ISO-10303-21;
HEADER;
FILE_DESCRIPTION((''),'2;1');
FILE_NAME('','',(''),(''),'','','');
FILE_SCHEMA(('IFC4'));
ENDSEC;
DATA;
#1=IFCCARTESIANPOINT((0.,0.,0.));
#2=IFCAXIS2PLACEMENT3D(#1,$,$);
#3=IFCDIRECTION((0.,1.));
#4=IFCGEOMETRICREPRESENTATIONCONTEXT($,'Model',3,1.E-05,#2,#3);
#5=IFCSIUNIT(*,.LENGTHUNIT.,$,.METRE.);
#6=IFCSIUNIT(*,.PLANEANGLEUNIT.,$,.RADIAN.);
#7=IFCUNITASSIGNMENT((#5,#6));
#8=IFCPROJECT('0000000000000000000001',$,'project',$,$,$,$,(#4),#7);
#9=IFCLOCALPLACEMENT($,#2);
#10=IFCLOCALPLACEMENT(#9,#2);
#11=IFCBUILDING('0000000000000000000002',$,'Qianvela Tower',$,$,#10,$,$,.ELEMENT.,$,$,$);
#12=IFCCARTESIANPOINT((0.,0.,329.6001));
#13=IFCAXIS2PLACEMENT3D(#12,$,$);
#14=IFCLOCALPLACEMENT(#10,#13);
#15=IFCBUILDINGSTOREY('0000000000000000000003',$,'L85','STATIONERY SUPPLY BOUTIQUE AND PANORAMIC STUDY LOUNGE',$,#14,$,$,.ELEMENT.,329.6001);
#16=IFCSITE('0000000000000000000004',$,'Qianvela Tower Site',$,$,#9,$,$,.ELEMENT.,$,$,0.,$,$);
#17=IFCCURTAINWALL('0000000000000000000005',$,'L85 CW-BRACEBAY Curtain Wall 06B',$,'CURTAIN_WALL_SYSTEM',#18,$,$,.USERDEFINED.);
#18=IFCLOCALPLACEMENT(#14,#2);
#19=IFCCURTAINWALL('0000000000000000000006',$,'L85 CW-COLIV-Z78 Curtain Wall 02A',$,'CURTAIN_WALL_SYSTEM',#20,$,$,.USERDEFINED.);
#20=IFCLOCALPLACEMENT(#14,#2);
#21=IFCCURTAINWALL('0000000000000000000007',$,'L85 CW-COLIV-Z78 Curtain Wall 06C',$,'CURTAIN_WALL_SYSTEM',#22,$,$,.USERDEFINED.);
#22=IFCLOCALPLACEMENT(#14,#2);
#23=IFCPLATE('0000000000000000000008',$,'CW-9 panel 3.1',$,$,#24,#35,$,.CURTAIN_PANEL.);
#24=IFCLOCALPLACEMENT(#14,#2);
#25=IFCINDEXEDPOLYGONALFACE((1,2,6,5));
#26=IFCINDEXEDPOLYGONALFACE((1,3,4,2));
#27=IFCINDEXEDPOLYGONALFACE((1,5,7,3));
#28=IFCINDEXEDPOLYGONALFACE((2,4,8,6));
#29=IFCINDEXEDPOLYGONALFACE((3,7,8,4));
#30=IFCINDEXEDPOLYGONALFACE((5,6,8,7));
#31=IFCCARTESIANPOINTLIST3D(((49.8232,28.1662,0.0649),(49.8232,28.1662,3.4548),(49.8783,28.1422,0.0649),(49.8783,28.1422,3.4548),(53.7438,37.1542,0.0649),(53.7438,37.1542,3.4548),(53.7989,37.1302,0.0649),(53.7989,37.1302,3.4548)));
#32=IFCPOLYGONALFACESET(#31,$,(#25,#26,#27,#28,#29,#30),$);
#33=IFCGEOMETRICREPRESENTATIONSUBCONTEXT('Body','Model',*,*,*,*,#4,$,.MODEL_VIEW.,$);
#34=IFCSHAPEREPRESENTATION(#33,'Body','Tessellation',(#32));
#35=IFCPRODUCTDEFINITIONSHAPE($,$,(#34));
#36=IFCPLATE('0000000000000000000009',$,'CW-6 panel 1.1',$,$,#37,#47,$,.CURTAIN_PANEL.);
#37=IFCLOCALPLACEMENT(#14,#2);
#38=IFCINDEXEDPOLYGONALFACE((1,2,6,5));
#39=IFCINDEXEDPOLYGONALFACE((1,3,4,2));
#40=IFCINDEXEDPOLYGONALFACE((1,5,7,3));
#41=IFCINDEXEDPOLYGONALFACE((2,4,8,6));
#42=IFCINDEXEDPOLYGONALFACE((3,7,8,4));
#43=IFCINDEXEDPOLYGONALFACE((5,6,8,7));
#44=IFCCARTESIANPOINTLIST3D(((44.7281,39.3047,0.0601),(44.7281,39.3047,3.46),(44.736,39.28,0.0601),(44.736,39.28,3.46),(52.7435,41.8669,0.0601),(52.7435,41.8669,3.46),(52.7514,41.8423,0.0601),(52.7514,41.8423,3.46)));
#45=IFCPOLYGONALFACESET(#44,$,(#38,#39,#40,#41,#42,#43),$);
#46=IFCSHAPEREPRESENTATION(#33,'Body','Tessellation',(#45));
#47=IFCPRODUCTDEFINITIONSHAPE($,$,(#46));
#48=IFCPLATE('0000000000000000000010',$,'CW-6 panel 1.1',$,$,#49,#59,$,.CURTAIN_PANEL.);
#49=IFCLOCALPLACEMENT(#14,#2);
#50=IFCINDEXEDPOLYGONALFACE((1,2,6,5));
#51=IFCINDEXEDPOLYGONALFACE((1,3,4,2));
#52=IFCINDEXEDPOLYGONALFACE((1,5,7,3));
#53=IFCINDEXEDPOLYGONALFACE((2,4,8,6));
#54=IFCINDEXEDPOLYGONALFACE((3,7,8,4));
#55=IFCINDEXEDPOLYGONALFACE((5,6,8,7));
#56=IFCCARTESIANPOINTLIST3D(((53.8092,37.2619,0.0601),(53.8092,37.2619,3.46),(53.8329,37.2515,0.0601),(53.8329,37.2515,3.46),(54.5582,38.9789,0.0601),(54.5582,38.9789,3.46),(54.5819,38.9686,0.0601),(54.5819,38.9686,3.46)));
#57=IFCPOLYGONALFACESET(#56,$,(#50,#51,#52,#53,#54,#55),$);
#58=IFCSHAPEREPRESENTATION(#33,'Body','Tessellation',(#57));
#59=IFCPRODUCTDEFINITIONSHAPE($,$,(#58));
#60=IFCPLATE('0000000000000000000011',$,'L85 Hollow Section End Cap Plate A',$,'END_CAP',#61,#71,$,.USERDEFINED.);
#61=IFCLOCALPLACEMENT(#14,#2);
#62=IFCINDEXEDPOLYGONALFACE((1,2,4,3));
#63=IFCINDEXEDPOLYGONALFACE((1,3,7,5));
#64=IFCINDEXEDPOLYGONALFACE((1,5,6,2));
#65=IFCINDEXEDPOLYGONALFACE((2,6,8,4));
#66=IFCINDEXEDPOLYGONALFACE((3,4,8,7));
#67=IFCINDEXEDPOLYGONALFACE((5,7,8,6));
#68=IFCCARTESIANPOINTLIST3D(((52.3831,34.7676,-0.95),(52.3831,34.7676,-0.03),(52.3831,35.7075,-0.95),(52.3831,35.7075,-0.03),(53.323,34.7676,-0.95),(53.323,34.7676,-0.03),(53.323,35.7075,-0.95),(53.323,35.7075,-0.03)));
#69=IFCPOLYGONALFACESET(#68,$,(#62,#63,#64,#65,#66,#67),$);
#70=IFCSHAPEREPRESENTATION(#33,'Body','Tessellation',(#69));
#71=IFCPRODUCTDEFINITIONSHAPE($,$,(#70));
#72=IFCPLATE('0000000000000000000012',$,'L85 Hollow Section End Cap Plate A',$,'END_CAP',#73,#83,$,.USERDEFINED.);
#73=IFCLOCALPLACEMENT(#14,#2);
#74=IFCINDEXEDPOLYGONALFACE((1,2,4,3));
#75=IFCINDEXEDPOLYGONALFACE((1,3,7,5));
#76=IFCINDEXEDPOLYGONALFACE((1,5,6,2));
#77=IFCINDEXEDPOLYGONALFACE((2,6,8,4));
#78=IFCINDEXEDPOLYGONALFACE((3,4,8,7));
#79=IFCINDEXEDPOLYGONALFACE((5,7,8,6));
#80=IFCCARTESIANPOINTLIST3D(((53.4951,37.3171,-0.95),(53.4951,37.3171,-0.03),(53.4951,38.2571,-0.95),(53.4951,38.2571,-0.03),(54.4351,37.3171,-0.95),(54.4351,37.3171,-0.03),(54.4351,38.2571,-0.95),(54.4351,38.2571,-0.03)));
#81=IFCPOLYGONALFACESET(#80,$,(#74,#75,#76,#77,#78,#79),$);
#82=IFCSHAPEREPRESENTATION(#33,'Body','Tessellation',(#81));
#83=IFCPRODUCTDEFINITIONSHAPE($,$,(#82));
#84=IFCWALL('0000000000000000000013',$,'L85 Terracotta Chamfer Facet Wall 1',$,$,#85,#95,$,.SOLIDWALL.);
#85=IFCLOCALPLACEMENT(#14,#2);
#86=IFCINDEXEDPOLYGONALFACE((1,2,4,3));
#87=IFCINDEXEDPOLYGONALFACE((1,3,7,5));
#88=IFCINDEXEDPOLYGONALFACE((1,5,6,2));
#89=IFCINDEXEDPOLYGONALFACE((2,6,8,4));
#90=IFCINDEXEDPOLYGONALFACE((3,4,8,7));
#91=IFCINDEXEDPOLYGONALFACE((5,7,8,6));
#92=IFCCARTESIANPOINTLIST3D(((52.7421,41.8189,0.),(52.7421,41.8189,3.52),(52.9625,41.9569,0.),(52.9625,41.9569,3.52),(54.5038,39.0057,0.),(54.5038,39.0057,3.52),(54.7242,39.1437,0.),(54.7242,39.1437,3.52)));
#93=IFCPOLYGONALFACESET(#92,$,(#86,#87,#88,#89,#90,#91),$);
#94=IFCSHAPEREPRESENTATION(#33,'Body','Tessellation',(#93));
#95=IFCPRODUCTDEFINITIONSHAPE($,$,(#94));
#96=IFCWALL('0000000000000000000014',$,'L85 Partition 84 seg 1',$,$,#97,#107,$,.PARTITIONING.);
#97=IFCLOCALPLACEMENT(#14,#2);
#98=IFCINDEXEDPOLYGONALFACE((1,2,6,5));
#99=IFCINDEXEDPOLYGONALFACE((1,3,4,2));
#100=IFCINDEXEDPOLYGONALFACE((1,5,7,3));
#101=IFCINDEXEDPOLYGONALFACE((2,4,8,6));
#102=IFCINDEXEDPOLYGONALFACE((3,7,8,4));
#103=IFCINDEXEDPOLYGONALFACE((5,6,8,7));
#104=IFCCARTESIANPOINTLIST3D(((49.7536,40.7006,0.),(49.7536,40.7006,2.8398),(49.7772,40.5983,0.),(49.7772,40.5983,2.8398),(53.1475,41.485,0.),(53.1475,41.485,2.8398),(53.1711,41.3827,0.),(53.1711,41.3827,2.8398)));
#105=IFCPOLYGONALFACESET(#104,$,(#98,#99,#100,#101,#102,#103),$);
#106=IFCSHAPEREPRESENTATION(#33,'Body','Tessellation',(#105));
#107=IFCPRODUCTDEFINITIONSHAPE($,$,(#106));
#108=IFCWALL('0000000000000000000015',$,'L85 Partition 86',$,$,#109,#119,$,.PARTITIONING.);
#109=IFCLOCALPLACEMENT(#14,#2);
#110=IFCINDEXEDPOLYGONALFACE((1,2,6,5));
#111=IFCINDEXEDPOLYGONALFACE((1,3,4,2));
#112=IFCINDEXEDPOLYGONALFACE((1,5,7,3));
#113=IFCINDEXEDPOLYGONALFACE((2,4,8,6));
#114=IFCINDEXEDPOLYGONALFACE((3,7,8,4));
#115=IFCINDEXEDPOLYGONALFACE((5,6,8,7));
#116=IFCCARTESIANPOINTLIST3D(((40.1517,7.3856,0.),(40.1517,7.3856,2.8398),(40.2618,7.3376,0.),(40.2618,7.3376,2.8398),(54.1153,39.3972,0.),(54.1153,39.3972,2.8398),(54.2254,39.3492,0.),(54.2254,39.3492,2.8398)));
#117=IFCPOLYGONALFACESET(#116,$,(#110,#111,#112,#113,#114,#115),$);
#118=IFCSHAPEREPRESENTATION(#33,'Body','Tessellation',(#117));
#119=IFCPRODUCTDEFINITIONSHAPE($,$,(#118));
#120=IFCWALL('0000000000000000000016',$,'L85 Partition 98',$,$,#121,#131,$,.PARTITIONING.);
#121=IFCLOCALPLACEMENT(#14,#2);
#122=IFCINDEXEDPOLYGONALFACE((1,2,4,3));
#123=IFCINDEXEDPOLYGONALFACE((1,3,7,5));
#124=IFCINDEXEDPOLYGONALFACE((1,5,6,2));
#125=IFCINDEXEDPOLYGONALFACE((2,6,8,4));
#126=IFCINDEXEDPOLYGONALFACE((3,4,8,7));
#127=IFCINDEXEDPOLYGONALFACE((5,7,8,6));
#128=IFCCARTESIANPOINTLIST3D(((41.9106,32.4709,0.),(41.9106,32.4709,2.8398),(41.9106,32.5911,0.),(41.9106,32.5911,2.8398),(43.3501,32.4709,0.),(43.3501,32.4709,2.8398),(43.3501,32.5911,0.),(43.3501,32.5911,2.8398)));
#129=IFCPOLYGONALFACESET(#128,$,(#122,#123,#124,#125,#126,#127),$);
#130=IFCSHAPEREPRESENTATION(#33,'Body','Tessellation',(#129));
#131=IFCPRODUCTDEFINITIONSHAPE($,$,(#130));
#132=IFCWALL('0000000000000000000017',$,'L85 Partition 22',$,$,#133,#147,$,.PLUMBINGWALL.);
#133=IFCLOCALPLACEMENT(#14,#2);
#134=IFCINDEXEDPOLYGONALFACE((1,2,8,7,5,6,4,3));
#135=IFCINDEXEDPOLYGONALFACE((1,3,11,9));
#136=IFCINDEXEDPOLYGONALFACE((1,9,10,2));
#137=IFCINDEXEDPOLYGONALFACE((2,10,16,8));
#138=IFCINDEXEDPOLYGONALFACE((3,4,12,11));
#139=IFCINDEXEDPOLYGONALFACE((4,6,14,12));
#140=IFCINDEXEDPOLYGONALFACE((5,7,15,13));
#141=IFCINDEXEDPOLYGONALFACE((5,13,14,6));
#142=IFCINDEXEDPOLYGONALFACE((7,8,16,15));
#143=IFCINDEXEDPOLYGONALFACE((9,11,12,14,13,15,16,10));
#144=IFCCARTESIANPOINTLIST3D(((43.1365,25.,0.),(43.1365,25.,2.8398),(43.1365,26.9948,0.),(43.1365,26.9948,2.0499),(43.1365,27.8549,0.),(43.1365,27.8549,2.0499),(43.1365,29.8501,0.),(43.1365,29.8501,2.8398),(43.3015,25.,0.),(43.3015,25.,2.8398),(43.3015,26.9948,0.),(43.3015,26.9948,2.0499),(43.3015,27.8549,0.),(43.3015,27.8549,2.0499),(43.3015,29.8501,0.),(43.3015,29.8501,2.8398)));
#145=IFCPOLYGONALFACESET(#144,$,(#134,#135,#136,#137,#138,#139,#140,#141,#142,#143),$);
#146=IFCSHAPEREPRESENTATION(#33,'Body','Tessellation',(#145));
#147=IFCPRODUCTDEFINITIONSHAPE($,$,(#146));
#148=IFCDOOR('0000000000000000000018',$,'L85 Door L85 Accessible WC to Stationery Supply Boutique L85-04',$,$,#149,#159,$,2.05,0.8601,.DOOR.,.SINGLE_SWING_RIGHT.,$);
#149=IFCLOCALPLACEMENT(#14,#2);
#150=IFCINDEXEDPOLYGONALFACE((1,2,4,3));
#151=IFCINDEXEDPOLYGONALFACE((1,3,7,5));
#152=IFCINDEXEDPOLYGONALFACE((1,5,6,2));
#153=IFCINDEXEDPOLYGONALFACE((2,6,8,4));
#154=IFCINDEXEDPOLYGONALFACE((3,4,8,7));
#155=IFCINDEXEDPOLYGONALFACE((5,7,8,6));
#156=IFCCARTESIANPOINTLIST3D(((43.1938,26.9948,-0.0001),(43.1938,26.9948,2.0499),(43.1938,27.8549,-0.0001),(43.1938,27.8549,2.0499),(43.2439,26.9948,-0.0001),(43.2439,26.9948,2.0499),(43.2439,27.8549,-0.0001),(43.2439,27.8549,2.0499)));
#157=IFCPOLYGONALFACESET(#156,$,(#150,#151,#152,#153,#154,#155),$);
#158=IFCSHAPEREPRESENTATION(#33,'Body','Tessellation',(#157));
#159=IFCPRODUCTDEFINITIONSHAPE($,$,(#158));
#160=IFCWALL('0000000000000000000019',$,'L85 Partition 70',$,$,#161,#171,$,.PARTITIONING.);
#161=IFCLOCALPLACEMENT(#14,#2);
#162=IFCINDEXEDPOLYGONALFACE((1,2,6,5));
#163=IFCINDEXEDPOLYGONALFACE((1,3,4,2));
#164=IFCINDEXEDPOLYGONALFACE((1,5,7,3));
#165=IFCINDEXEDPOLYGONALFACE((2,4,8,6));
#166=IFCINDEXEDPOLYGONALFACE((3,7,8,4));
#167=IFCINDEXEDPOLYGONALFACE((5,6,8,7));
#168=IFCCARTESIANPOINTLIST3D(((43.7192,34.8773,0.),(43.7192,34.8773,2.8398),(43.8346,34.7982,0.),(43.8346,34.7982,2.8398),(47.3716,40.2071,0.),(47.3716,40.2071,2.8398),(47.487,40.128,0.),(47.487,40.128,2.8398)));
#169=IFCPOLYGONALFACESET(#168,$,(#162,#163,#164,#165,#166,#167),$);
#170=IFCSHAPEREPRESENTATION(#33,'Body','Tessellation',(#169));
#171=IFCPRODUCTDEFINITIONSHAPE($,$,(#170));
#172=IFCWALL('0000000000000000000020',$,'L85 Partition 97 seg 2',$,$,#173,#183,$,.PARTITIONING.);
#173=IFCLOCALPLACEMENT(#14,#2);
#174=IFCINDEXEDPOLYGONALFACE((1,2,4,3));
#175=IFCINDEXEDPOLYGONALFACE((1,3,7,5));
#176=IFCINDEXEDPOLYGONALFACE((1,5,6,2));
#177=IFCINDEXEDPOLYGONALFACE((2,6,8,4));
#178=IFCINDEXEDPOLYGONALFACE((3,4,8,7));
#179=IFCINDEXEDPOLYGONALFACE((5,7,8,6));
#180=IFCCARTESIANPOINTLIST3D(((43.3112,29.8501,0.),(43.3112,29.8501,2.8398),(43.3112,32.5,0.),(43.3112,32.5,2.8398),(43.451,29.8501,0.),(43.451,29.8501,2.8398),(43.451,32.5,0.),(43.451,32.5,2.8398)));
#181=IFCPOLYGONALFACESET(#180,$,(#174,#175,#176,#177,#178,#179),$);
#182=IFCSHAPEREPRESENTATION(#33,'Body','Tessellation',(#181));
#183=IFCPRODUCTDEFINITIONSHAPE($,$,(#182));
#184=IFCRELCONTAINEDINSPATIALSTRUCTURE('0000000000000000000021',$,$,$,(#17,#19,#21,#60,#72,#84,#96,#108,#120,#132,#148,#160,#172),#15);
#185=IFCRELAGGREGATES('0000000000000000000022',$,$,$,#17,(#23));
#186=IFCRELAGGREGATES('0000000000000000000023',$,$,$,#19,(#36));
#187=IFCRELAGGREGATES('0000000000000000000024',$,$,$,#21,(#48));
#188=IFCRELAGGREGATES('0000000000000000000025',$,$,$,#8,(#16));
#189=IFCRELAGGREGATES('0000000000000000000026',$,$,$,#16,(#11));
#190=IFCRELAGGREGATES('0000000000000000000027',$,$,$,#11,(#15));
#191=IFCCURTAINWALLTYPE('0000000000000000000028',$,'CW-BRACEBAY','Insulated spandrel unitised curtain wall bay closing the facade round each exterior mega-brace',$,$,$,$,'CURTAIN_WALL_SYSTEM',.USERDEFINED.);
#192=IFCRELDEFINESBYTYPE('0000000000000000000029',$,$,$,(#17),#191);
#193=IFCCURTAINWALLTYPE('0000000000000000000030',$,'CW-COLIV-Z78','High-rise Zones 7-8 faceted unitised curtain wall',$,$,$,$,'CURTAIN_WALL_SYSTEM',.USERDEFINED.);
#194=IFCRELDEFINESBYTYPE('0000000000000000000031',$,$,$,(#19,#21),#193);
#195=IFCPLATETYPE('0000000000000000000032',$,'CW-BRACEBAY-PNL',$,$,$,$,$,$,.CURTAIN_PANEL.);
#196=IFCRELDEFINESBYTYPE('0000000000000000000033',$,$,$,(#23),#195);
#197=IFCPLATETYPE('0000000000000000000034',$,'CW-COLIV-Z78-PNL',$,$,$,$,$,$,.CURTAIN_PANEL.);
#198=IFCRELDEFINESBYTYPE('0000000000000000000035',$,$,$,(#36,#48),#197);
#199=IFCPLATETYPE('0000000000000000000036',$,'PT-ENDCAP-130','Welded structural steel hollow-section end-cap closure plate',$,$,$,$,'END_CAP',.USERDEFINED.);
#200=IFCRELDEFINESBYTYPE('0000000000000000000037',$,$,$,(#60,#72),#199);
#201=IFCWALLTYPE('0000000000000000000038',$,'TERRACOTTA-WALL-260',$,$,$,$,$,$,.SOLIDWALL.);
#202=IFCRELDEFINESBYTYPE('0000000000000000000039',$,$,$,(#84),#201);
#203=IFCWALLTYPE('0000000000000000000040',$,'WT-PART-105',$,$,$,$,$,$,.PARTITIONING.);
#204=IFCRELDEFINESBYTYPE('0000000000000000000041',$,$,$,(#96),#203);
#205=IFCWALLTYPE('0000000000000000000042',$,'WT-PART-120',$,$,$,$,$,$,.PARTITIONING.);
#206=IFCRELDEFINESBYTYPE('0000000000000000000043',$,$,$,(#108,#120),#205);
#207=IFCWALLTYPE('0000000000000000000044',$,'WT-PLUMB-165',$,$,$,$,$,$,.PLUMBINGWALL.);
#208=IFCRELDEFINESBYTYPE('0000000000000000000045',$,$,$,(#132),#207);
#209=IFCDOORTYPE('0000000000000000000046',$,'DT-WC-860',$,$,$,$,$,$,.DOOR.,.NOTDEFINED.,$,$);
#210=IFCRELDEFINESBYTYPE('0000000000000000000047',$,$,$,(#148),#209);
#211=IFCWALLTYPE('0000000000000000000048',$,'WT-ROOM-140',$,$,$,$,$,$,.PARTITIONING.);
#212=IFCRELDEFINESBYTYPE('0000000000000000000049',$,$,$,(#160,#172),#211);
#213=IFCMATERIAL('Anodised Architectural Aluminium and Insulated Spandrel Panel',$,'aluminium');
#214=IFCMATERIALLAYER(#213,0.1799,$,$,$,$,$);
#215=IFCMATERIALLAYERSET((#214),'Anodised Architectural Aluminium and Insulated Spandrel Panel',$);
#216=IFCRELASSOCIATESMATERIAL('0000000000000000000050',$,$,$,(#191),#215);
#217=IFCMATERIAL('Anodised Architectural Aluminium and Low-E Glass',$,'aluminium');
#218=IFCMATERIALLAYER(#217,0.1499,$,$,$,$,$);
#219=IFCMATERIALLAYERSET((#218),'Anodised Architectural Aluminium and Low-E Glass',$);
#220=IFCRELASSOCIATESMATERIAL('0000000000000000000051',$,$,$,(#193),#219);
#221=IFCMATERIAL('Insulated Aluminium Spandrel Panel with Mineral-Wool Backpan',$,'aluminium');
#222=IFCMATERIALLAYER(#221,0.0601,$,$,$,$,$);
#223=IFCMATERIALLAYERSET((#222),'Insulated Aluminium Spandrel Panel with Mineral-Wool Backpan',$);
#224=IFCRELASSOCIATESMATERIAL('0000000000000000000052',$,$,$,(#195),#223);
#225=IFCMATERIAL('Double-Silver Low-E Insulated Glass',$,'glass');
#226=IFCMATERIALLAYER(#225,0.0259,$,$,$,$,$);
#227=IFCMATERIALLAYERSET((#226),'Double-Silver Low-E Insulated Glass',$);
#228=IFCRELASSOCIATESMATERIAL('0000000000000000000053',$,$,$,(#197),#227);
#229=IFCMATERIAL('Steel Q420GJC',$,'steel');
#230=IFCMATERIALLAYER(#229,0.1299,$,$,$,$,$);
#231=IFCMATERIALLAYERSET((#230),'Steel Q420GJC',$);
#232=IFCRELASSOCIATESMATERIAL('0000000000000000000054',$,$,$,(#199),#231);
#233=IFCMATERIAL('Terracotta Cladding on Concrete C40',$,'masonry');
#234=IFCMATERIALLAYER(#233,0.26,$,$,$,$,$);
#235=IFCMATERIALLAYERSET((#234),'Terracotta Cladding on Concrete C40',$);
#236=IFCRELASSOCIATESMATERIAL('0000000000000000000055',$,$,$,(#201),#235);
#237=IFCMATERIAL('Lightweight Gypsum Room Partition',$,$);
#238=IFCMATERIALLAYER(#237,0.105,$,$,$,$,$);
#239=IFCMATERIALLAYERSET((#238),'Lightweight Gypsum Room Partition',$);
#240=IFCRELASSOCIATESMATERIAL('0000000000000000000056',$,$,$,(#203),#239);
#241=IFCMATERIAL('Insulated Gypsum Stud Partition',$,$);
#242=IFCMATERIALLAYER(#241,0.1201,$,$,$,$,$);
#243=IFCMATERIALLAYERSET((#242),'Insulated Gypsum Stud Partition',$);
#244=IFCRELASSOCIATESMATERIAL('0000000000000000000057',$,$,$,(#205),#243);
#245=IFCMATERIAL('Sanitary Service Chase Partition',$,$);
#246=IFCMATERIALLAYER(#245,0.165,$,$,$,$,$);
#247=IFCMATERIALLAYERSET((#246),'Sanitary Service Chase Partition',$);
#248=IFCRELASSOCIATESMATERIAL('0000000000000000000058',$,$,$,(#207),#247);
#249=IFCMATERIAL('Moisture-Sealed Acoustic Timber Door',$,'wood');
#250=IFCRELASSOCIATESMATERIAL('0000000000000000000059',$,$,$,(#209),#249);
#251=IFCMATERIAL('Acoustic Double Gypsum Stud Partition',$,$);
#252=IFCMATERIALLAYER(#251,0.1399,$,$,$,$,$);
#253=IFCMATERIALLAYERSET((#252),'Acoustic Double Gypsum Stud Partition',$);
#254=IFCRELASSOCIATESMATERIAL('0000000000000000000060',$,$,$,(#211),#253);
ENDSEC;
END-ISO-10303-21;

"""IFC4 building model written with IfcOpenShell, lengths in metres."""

from ifc_helpers import new_model, si_unit, direction, frame, frame_2d, origin, origin_2d, place, context, subcontext, project, spatial, rectangle, extrude, material, layer, layer_set, type_object, element, fill, aggregate, save


model = new_model("IFC4")

# Units and contexts
model_context = context("Model", 3, precision=1e-05, world=origin(), true_north=direction((0.0, 1.0)))
body_context = subcontext(model_context, "Body", "Model", "MODEL_VIEW")
ifc_project = project(units=[si_unit("LENGTHUNIT", "METRE"), si_unit("PLANEANGLEUNIT", "RADIAN")], contexts=[model_context])

# Site, building, storey
site_placement = place(None, origin())
site = spatial("IfcSite", under=ifc_project, at=site_placement, Name="Qianvela Tower Site", CompositionType="ELEMENT", RefElevation=0.0)
building_placement = place(site_placement, origin())
building = spatial("IfcBuilding", under=site, at=building_placement, Name="Qianvela Tower", CompositionType="ELEMENT")
storey_placement = place(building_placement, frame((0.0, 0.0, 329.6001)))
storey = spatial("IfcBuildingStorey", under=building, at=storey_placement, Name="L85", Description="STATIONERY SUPPLY BOUTIQUE AND PANORAMIC STUDY LOUNGE", CompositionType="ELEMENT", Elevation=329.6001)

# Curtain walls
ifc_material_1 = material(Name="Anodised Architectural Aluminium and Insulated Spandrel Panel", Category="aluminium")
ifc_layer_1 = layer(ifc_material_1, 0.1799)
ifc_layer_set_1 = layer_set([ifc_layer_1], Name="Anodised Architectural Aluminium and Insulated Spandrel Panel")
curtain_wall_type_1 = type_object("IfcCurtainWallType", Name="CW-BRACEBAY", Description="Insulated spandrel unitised curtain wall bay closing the facade round each exterior mega-brace", ElementType="CURTAIN_WALL_SYSTEM", PredefinedType="USERDEFINED", material=ifc_layer_set_1)
curtain_wall_1_placement = place(storey_placement, origin())
curtain_wall_1 = element("IfcCurtainWall", 1, at=curtain_wall_1_placement, inside=storey, type_object=curtain_wall_type_1, Name="L85 CW-BRACEBAY Curtain Wall 06B", ObjectType="CURTAIN_WALL_SYSTEM", PredefinedType="USERDEFINED")
ifc_material_2 = material(Name="Anodised Architectural Aluminium and Low-E Glass", Category="aluminium")
ifc_layer_2 = layer(ifc_material_2, 0.1499)
ifc_layer_set_2 = layer_set([ifc_layer_2], Name="Anodised Architectural Aluminium and Low-E Glass")
curtain_wall_type_2 = type_object("IfcCurtainWallType", Name="CW-COLIV-Z78", Description="High-rise Zones 7-8 faceted unitised curtain wall", ElementType="CURTAIN_WALL_SYSTEM", PredefinedType="USERDEFINED", material=ifc_layer_set_2)
curtain_wall_2_placement = place(storey_placement, origin())
curtain_wall_2 = element("IfcCurtainWall", 2, at=curtain_wall_2_placement, inside=storey, type_object=curtain_wall_type_2, Name="L85 CW-COLIV-Z78 Curtain Wall 02A", ObjectType="CURTAIN_WALL_SYSTEM", PredefinedType="USERDEFINED")
curtain_wall_3_placement = place(storey_placement, origin())
curtain_wall_3 = element("IfcCurtainWall", 3, at=curtain_wall_3_placement, inside=storey, type_object=curtain_wall_type_2, Name="L85 CW-COLIV-Z78 Curtain Wall 06C", ObjectType="CURTAIN_WALL_SYSTEM", PredefinedType="USERDEFINED")

# Plates
ifc_material_3 = material(Name="Insulated Aluminium Spandrel Panel with Mineral-Wool Backpan", Category="aluminium")
ifc_layer_3 = layer(ifc_material_3, 0.0601)
ifc_layer_set_3 = layer_set([ifc_layer_3], Name="Insulated Aluminium Spandrel Panel with Mineral-Wool Backpan")
plate_type_1 = type_object("IfcPlateType", Name="CW-BRACEBAY-PNL", PredefinedType="CURTAIN_PANEL", material=ifc_layer_set_3)
plate_1_placement = place(storey_placement, frame((51.811, 32.6482, 0.0649), z_axis=(0.0, 0.0, 1.0), x_axis=(0.399821, 0.916593, 0.0)))
plate_1 = element("IfcPlate", 4, at=plate_1_placement, type_object=plate_type_1, Name="CW-9 panel 3.1", PredefinedType="CURTAIN_PANEL", context=body_context, shape_type="SweptSolid", body=[
    extrude(rectangle(XDim=9.8059, YDim=0.0601, at=origin_2d()), origin(), (0.0, 0.0, 1.0), 3.3899),
])
aggregate(curtain_wall_1, [plate_1])
ifc_material_4 = material(Name="Double-Silver Low-E Insulated Glass", Category="glass")
ifc_layer_4 = layer(ifc_material_4, 0.0259)
ifc_layer_set_4 = layer_set([ifc_layer_4], Name="Double-Silver Low-E Insulated Glass")
plate_type_2 = type_object("IfcPlateType", Name="CW-COLIV-Z78-PNL", PredefinedType="CURTAIN_PANEL", material=ifc_layer_set_4)
plate_2_placement = place(storey_placement, frame((48.7397, 40.5735, 0.0601), z_axis=(0.0, 0.0, 1.0), x_axis=(-0.952517, -0.304484, 0.0)))
plate_2 = element("IfcPlate", 5, at=plate_2_placement, type_object=plate_type_2, Name="CW-6 panel 1.1", PredefinedType="CURTAIN_PANEL", context=body_context, shape_type="SweptSolid", body=[
    extrude(rectangle(XDim=8.415, YDim=0.0259, at=origin_2d()), origin(), (0.0, 0.0, 1.0), 3.3999),
])
aggregate(curtain_wall_2, [plate_2])
plate_3_placement = place(storey_placement, frame((54.1956, 38.1152, 0.0601), z_axis=(0.0, 0.0, 1.0), x_axis=(0.399803, 0.916601, 0.0)))
plate_3 = element("IfcPlate", 6, at=plate_3_placement, type_object=plate_type_2, Name="CW-6 panel 1.1", PredefinedType="CURTAIN_PANEL", context=body_context, shape_type="SweptSolid", body=[
    extrude(rectangle(XDim=1.8733, YDim=0.0259, at=origin_2d()), origin(), (0.0, 0.0, 1.0), 3.3999),
])
aggregate(curtain_wall_3, [plate_3])

# Plates
ifc_material_5 = material(Name="Steel Q420GJC", Category="steel")
ifc_layer_5 = layer(ifc_material_5, 0.1299)
ifc_layer_set_5 = layer_set([ifc_layer_5], Name="Steel Q420GJC")
plate_type_3 = type_object("IfcPlateType", Name="PT-ENDCAP-130", Description="Welded structural steel hollow-section end-cap closure plate", ElementType="END_CAP", PredefinedType="USERDEFINED", material=ifc_layer_set_5)
for number, where, z_axis, x_axis, name in (
    (7, (52.853, 35.2375, -0.95), (0.0, 0.0, 1.0), (1.0, 0.0, 0.0), "L85 Hollow Section End Cap Plate A"),
    (8, (53.9651, 37.7871, -0.95), (0.0, 0.0, 1.0), (1.0, 0.0, 0.0), "L85 Hollow Section End Cap Plate A"),
):
    element("IfcPlate", number, at=place(storey_placement, frame(where, z_axis=z_axis, x_axis=x_axis)), inside=storey, type_object=plate_type_3, Name=name, ObjectType="END_CAP", PredefinedType="USERDEFINED", context=body_context, shape_type="SweptSolid", body=[
        extrude(rectangle(XDim=0.9399, YDim=0.9399, at=origin_2d()), origin(), (0.0, 0.0, 1.0), 0.9199),
    ])

# Walls
ifc_material_6 = material(Name="Terracotta Cladding on Concrete C40", Category="masonry")
ifc_layer_6 = layer(ifc_material_6, 0.26)
ifc_layer_set_6 = layer_set([ifc_layer_6], Name="Terracotta Cladding on Concrete C40")
wall_type_1 = type_object("IfcWallType", Name="TERRACOTTA-WALL-260", PredefinedType="SOLIDWALL", material=ifc_layer_set_6)
wall_1_placement = place(storey_placement, frame((54.614, 39.0747, 0.0), z_axis=(0.0, 0.0, 1.0), x_axis=(-0.530746, 0.847531, 0.0)))
element("IfcWall", 9, at=wall_1_placement, inside=storey, type_object=wall_type_1, Name="L85 Terracotta Chamfer Facet Wall 1", PredefinedType="SOLIDWALL", context=body_context, shape_type="SweptSolid", body=[
    extrude(rectangle(XDim=3.3193, YDim=0.26, at=frame_2d((1.6597, 0.0))), origin(), (0.0, 0.0, 1.0), 3.52),
])
ifc_material_7 = material(Name="Lightweight Gypsum Room Partition")
ifc_layer_7 = layer(ifc_material_7, 0.105)
ifc_layer_set_7 = layer_set([ifc_layer_7], Name="Lightweight Gypsum Room Partition")
wall_type_2 = type_object("IfcWallType", Name="WT-PART-105", PredefinedType="PARTITIONING", material=ifc_layer_set_7)
wall_2_placement = place(storey_placement, frame((49.7654, 40.6494, 0.0), z_axis=(0.0, 0.0, 1.0), x_axis=(0.974317, 0.225182, 0.0)))
element("IfcWall", 10, at=wall_2_placement, inside=storey, type_object=wall_type_2, Name="L85 Partition 84 seg 1", PredefinedType="PARTITIONING", context=body_context, shape_type="SweptSolid", body=[
    extrude(rectangle(XDim=3.4834, YDim=0.105, at=frame_2d((1.7417, 0.0))), origin(), (0.0, 0.0, 1.0), 2.8398),
])
ifc_material_8 = material(Name="Insulated Gypsum Stud Partition")
ifc_layer_8 = layer(ifc_material_8, 0.1201)
ifc_layer_set_8 = layer_set([ifc_layer_8], Name="Insulated Gypsum Stud Partition")
wall_type_3 = type_object("IfcWallType", Name="WT-PART-120", PredefinedType="PARTITIONING", material=ifc_layer_set_8)
wall_3_placement = place(storey_placement, frame((54.1704, 39.3733, 0.0), z_axis=(0.0, 0.0, 1.0), x_axis=(-0.399821, -0.916593, 0.0)))
element("IfcWall", 11, at=wall_3_placement, inside=storey, type_object=wall_type_3, Name="L85 Partition 86", PredefinedType="PARTITIONING", context=body_context, shape_type="SweptSolid", body=[
    extrude(rectangle(XDim=34.9246, YDim=0.1201, at=frame_2d((17.4624, 0.0))), origin(), (0.0, 0.0, 1.0), 2.8398),
])
wall_4_placement = place(storey_placement, frame((43.3501, 32.531, 0.0), z_axis=(0.0, 0.0, 1.0), x_axis=(-1.0, 0.0, 0.0)))
element("IfcWall", 12, at=wall_4_placement, inside=storey, type_object=wall_type_3, Name="L85 Partition 98", PredefinedType="PARTITIONING", context=body_context, shape_type="SweptSolid", body=[
    extrude(rectangle(XDim=1.4395, YDim=0.1201, at=frame_2d((0.7197, 0.0))), origin(), (0.0, 0.0, 1.0), 2.8398),
])

# Wall, opening, door
ifc_material_9 = material(Name="Sanitary Service Chase Partition")
ifc_layer_9 = layer(ifc_material_9, 0.165)
ifc_layer_set_9 = layer_set([ifc_layer_9], Name="Sanitary Service Chase Partition")
wall_type_4 = type_object("IfcWallType", Name="WT-PLUMB-165", PredefinedType="PLUMBINGWALL", material=ifc_layer_set_9)
wall_5_placement = place(storey_placement, frame((43.219, 29.8501, 0.0), z_axis=(0.0, 0.0, 1.0), x_axis=(0.0, -1.0, 0.0)))
wall_5 = element("IfcWall", 13, at=wall_5_placement, inside=storey, type_object=wall_type_4, Name="L85 Partition 22", PredefinedType="PLUMBINGWALL", context=body_context, shape_type="SweptSolid", body=[
    extrude(rectangle(XDim=4.8501, YDim=0.165, at=frame_2d((2.425, 0.0))), origin(), (0.0, 0.0, 1.0), 2.8398),
])
opening_placement = place(wall_5_placement, frame((1.9951, 0.0, 0.0)))
opening = element("IfcOpeningElement", 14, at=opening_placement, cuts=wall_5, PredefinedType="OPENING", context=body_context, shape_type="SweptSolid", body=[
    extrude(rectangle(XDim=0.8601, YDim=2.05, at=frame_2d((0.4302, 1.0249))), frame((0.0, 0.0925, 0.0), z_axis=(0.0, -1.0, 0.0), x_axis=(1.0, 0.0, 0.0)), (0.0, 0.0, 1.0), 0.1851),
])
ifc_material_10 = material(Name="Moisture-Sealed Acoustic Timber Door", Category="wood")
door_type = type_object("IfcDoorType", Name="DT-WC-860", OperationType="NOTDEFINED", PredefinedType="DOOR", material=ifc_material_10)
door_placement = place(opening_placement, origin())
door = element("IfcDoor", 15, at=door_placement, inside=storey, type_object=door_type, Name="L85 Door L85 Accessible WC to Stationery Supply Boutique L85-04", OperationType="SINGLE_SWING_RIGHT", OverallHeight=2.05, OverallWidth=0.8601, PredefinedType="DOOR", context=body_context, shape_type="SweptSolid", body=[
    extrude(rectangle(XDim=0.8601, YDim=2.05, at=frame_2d((0.4302, 1.0249))), frame((0.0, 0.0249, 0.0), z_axis=(0.0, -1.0, 0.0), x_axis=(1.0, 0.0, 0.0)), (0.0, 0.0, 1.0), 0.05),
])
fill(opening, door)

# Walls
ifc_material_11 = material(Name="Acoustic Double Gypsum Stud Partition")
ifc_layer_10 = layer(ifc_material_11, 0.1399)
ifc_layer_set_10 = layer_set([ifc_layer_10], Name="Acoustic Double Gypsum Stud Partition")
wall_type_5 = type_object("IfcWallType", Name="WT-ROOM-140", PredefinedType="PARTITIONING", material=ifc_layer_set_10)
wall_6_placement = place(storey_placement, frame((47.4292, 40.1675, 0.0), z_axis=(0.0, 0.0, 1.0), x_axis=(-0.565276, -0.824902, 0.0)))
element("IfcWall", 16, at=wall_6_placement, inside=storey, type_object=wall_type_5, Name="L85 Partition 70", PredefinedType="PARTITIONING", context=body_context, shape_type="SweptSolid", body=[
    extrude(rectangle(XDim=6.4612, YDim=0.1399, at=frame_2d((3.2305, 0.0))), origin(), (0.0, 0.0, 1.0), 2.8398),
])
wall_7_placement = place(storey_placement, frame((43.3811, 29.8501, 0.0), z_axis=(0.0, 0.0, 1.0), x_axis=(0.0, 1.0, 0.0)))
element("IfcWall", 17, at=wall_7_placement, inside=storey, type_object=wall_type_5, Name="L85 Partition 97 seg 2", PredefinedType="PARTITIONING", context=body_context, shape_type="SweptSolid", body=[
    extrude(rectangle(XDim=2.6499, YDim=0.1399, at=frame_2d((1.325, 0.0))), origin(), (0.0, 0.0, 1.0), 2.8398),
])

save(model, "model.ifc")
